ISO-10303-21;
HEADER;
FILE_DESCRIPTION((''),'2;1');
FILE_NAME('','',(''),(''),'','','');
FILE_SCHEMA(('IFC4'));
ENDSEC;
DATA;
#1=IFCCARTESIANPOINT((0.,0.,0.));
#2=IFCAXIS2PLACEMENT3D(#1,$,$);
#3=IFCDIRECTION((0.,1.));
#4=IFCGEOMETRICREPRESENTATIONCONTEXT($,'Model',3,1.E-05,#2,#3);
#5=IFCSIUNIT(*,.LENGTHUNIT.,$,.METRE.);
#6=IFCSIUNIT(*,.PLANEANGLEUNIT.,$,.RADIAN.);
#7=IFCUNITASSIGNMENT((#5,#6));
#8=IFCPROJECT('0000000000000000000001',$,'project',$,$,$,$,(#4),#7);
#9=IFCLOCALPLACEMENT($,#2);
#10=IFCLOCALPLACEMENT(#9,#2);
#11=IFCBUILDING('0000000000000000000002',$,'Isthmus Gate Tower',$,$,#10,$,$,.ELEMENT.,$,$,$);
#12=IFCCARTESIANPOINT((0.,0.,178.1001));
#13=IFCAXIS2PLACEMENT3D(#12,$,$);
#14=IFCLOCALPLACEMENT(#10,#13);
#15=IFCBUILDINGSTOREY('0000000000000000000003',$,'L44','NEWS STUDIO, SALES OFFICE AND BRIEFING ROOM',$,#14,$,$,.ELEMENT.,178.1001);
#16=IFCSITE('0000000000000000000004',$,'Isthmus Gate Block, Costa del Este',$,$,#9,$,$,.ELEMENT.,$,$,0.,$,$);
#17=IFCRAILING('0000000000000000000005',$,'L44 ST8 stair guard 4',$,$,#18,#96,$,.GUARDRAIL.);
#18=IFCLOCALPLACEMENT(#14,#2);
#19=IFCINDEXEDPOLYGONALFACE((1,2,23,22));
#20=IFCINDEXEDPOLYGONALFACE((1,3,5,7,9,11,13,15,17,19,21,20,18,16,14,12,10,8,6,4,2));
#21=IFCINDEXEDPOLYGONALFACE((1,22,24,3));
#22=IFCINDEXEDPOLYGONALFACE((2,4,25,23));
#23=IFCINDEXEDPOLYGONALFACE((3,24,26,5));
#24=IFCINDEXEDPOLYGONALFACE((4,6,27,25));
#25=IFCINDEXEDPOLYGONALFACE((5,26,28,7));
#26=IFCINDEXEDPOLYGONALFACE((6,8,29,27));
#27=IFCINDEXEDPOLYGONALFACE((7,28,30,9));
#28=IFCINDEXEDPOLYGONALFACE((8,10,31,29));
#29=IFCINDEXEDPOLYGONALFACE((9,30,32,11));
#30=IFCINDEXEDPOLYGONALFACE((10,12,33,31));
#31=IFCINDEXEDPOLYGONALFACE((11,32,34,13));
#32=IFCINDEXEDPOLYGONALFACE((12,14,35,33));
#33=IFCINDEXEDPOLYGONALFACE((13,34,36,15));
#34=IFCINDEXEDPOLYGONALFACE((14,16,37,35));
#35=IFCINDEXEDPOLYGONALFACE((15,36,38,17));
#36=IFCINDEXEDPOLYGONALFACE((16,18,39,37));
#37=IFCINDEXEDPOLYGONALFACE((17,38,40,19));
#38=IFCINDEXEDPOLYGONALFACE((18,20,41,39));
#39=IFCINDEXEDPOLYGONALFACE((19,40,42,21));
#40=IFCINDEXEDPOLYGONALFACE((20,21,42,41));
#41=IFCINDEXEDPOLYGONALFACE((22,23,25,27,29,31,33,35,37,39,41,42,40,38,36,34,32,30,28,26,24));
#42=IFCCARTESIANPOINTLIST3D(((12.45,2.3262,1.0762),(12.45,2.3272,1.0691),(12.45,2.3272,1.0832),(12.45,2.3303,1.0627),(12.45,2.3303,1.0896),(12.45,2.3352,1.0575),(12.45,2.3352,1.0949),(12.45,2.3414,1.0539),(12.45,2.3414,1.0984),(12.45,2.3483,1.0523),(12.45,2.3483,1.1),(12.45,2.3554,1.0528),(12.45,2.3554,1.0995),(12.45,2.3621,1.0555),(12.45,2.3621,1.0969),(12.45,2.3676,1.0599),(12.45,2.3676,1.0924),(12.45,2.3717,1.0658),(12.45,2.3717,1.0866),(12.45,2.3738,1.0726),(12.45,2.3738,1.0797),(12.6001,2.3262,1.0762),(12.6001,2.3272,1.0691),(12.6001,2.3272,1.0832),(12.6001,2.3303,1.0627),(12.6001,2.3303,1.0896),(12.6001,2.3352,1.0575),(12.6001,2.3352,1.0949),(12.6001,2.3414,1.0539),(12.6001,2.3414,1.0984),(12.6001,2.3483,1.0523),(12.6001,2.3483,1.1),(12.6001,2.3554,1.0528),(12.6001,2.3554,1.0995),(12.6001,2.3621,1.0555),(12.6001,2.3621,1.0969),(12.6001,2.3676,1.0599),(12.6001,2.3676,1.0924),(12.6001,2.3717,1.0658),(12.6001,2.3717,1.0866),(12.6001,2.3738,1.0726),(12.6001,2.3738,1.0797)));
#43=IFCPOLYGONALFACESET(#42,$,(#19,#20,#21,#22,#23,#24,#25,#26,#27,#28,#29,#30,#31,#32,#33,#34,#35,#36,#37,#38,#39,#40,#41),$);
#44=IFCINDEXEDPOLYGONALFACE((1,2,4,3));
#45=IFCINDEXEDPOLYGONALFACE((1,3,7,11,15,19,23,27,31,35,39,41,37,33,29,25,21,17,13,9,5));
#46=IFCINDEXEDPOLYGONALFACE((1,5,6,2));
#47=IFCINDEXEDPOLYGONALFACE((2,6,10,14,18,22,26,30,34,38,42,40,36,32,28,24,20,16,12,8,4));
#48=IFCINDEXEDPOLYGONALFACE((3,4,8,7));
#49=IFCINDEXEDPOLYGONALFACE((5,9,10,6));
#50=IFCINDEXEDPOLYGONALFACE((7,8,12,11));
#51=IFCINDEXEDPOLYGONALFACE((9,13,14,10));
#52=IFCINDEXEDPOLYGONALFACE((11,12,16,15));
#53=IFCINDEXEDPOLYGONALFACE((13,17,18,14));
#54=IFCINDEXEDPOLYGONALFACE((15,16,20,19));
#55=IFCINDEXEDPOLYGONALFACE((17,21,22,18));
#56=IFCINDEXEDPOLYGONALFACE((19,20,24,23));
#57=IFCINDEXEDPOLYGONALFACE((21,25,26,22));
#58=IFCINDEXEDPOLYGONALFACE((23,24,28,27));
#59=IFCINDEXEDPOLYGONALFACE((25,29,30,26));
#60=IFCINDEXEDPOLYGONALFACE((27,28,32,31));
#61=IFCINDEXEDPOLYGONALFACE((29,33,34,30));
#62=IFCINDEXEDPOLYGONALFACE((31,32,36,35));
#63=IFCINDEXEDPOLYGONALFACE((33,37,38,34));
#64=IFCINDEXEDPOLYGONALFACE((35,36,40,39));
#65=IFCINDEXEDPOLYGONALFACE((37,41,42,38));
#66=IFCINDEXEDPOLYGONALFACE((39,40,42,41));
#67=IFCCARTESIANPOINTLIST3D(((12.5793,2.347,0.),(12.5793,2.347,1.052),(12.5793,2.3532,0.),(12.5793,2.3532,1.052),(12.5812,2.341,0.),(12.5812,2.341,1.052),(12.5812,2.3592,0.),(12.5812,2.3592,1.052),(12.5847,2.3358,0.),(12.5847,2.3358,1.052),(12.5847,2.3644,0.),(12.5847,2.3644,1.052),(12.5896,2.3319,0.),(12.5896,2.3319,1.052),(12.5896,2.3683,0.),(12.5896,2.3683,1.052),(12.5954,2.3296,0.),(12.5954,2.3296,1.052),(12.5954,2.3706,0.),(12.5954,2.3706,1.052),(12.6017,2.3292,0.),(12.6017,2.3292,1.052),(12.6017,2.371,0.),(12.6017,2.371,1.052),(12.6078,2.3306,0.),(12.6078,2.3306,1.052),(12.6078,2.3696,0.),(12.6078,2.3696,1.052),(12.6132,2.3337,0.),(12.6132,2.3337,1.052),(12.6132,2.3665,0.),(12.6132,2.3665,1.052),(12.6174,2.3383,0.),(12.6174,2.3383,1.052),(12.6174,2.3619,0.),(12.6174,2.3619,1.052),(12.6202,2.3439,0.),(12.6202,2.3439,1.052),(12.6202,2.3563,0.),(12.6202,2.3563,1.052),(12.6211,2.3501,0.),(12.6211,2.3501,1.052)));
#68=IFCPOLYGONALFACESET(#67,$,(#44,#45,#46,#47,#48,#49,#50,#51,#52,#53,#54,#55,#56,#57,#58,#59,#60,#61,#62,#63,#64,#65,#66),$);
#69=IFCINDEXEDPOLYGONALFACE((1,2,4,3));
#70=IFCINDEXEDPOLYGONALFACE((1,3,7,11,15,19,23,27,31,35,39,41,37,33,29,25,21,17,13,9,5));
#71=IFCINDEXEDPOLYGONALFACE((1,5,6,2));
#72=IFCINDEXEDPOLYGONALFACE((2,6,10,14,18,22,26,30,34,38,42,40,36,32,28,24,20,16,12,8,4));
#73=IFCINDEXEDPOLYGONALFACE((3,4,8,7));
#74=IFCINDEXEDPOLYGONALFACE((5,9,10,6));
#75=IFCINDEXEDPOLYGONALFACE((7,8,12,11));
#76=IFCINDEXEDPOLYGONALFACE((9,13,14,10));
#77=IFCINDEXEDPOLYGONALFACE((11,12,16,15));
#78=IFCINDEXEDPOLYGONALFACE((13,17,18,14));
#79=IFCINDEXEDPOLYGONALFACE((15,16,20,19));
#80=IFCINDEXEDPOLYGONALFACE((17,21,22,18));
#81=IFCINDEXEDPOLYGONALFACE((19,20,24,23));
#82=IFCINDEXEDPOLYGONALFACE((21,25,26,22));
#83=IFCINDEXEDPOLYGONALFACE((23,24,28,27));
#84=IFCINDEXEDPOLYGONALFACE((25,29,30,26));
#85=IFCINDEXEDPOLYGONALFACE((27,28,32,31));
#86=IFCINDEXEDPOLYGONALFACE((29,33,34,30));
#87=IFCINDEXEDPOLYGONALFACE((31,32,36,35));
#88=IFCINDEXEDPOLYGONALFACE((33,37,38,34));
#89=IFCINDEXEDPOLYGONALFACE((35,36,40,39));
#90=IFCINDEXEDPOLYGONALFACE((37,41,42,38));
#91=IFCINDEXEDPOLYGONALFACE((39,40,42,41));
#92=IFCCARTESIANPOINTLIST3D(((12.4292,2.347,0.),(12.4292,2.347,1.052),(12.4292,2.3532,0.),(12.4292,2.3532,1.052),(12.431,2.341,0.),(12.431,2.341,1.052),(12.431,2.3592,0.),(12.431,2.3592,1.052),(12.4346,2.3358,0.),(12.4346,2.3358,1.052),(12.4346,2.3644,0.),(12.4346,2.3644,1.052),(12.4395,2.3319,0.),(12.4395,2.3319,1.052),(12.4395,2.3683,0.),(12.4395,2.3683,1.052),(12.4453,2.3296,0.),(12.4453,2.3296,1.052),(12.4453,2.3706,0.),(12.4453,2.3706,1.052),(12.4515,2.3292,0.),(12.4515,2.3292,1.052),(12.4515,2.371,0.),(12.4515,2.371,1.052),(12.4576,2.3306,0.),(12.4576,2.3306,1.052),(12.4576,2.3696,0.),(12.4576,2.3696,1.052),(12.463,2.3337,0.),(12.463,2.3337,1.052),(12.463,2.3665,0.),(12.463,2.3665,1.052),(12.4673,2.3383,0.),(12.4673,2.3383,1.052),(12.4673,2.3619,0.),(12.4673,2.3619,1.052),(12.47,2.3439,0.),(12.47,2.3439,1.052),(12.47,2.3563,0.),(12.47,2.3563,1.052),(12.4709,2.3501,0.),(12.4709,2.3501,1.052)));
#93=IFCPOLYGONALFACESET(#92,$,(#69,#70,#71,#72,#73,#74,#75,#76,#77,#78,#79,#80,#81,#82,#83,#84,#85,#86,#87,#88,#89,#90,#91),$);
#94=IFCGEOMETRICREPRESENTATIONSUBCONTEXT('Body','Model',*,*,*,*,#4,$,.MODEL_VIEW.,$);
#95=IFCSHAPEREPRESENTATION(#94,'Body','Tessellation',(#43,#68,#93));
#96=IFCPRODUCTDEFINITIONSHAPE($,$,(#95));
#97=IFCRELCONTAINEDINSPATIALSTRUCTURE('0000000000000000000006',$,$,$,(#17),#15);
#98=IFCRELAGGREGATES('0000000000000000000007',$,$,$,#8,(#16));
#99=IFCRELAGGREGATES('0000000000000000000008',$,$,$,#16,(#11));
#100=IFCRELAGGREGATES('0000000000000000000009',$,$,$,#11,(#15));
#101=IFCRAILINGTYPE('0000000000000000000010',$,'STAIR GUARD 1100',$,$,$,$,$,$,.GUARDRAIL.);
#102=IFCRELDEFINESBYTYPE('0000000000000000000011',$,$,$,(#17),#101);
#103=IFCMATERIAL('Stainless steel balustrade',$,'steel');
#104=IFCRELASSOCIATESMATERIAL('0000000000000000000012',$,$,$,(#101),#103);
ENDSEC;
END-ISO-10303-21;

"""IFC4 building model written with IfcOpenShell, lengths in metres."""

from ifc_helpers import new_model, si_unit, direction, frame, origin, origin_2d, place, context, subcontext, project, spatial, circle, extrude, material, type_object, element, save


model = new_model("IFC4")

# Units and contexts
model_context = context("Model", 3, precision=1e-05, world=origin(), true_north=direction((0.0, 1.0)))
body_context = subcontext(model_context, "Body", "Model", "MODEL_VIEW")
ifc_project = project(units=[si_unit("LENGTHUNIT", "METRE"), si_unit("PLANEANGLEUNIT", "RADIAN")], contexts=[model_context])

# Site, building, storey
site_placement = place(None, origin())
site = spatial("IfcSite", under=ifc_project, at=site_placement, Name="Isthmus Gate Block, Costa del Este", CompositionType="ELEMENT", RefElevation=0.0)
building_placement = place(site_placement, origin())
building = spatial("IfcBuilding", under=site, at=building_placement, Name="Isthmus Gate Tower", CompositionType="ELEMENT")
storey_placement = place(building_placement, frame((0.0, 0.0, 178.1001)))
storey = spatial("IfcBuildingStorey", under=building, at=storey_placement, Name="L44", Description="NEWS STUDIO, SALES OFFICE AND BRIEFING ROOM", CompositionType="ELEMENT", Elevation=178.1001)

# Railing
ifc_material_1 = material(Name="Stainless steel balustrade", Category="steel")
railing_type_1 = type_object("IfcRailingType", Name="STAIR GUARD 1100", PredefinedType="GUARDRAIL", material=ifc_material_1)
railing_1_placement = place(storey_placement, frame((12.6001, 2.3501, 0.0)))
element("IfcRailing", 1, at=railing_1_placement, inside=storey, type_object=railing_type_1, Name="L44 ST8 stair guard 4", PredefinedType="GUARDRAIL", context=body_context, shape_type="SweptSolid", body=[
    extrude(circle(Radius=0.0239, at=origin_2d()), frame((0.0, 0.0, 1.0762), z_axis=(-1.0, 0.0, 0.0), x_axis=(0.0, -1.0, 0.0)), (0.0, 0.0, 1.0), 0.1501),
    extrude(circle(Radius=0.021, at=origin_2d()), origin(), (0.0, 0.0, 1.0), 1.052),
    extrude(circle(Radius=0.021, at=origin_2d()), frame((-0.1501, 0.0, 0.0)), (0.0, 0.0, 1.0), 1.052),
])

save(model, "model.ifc")
